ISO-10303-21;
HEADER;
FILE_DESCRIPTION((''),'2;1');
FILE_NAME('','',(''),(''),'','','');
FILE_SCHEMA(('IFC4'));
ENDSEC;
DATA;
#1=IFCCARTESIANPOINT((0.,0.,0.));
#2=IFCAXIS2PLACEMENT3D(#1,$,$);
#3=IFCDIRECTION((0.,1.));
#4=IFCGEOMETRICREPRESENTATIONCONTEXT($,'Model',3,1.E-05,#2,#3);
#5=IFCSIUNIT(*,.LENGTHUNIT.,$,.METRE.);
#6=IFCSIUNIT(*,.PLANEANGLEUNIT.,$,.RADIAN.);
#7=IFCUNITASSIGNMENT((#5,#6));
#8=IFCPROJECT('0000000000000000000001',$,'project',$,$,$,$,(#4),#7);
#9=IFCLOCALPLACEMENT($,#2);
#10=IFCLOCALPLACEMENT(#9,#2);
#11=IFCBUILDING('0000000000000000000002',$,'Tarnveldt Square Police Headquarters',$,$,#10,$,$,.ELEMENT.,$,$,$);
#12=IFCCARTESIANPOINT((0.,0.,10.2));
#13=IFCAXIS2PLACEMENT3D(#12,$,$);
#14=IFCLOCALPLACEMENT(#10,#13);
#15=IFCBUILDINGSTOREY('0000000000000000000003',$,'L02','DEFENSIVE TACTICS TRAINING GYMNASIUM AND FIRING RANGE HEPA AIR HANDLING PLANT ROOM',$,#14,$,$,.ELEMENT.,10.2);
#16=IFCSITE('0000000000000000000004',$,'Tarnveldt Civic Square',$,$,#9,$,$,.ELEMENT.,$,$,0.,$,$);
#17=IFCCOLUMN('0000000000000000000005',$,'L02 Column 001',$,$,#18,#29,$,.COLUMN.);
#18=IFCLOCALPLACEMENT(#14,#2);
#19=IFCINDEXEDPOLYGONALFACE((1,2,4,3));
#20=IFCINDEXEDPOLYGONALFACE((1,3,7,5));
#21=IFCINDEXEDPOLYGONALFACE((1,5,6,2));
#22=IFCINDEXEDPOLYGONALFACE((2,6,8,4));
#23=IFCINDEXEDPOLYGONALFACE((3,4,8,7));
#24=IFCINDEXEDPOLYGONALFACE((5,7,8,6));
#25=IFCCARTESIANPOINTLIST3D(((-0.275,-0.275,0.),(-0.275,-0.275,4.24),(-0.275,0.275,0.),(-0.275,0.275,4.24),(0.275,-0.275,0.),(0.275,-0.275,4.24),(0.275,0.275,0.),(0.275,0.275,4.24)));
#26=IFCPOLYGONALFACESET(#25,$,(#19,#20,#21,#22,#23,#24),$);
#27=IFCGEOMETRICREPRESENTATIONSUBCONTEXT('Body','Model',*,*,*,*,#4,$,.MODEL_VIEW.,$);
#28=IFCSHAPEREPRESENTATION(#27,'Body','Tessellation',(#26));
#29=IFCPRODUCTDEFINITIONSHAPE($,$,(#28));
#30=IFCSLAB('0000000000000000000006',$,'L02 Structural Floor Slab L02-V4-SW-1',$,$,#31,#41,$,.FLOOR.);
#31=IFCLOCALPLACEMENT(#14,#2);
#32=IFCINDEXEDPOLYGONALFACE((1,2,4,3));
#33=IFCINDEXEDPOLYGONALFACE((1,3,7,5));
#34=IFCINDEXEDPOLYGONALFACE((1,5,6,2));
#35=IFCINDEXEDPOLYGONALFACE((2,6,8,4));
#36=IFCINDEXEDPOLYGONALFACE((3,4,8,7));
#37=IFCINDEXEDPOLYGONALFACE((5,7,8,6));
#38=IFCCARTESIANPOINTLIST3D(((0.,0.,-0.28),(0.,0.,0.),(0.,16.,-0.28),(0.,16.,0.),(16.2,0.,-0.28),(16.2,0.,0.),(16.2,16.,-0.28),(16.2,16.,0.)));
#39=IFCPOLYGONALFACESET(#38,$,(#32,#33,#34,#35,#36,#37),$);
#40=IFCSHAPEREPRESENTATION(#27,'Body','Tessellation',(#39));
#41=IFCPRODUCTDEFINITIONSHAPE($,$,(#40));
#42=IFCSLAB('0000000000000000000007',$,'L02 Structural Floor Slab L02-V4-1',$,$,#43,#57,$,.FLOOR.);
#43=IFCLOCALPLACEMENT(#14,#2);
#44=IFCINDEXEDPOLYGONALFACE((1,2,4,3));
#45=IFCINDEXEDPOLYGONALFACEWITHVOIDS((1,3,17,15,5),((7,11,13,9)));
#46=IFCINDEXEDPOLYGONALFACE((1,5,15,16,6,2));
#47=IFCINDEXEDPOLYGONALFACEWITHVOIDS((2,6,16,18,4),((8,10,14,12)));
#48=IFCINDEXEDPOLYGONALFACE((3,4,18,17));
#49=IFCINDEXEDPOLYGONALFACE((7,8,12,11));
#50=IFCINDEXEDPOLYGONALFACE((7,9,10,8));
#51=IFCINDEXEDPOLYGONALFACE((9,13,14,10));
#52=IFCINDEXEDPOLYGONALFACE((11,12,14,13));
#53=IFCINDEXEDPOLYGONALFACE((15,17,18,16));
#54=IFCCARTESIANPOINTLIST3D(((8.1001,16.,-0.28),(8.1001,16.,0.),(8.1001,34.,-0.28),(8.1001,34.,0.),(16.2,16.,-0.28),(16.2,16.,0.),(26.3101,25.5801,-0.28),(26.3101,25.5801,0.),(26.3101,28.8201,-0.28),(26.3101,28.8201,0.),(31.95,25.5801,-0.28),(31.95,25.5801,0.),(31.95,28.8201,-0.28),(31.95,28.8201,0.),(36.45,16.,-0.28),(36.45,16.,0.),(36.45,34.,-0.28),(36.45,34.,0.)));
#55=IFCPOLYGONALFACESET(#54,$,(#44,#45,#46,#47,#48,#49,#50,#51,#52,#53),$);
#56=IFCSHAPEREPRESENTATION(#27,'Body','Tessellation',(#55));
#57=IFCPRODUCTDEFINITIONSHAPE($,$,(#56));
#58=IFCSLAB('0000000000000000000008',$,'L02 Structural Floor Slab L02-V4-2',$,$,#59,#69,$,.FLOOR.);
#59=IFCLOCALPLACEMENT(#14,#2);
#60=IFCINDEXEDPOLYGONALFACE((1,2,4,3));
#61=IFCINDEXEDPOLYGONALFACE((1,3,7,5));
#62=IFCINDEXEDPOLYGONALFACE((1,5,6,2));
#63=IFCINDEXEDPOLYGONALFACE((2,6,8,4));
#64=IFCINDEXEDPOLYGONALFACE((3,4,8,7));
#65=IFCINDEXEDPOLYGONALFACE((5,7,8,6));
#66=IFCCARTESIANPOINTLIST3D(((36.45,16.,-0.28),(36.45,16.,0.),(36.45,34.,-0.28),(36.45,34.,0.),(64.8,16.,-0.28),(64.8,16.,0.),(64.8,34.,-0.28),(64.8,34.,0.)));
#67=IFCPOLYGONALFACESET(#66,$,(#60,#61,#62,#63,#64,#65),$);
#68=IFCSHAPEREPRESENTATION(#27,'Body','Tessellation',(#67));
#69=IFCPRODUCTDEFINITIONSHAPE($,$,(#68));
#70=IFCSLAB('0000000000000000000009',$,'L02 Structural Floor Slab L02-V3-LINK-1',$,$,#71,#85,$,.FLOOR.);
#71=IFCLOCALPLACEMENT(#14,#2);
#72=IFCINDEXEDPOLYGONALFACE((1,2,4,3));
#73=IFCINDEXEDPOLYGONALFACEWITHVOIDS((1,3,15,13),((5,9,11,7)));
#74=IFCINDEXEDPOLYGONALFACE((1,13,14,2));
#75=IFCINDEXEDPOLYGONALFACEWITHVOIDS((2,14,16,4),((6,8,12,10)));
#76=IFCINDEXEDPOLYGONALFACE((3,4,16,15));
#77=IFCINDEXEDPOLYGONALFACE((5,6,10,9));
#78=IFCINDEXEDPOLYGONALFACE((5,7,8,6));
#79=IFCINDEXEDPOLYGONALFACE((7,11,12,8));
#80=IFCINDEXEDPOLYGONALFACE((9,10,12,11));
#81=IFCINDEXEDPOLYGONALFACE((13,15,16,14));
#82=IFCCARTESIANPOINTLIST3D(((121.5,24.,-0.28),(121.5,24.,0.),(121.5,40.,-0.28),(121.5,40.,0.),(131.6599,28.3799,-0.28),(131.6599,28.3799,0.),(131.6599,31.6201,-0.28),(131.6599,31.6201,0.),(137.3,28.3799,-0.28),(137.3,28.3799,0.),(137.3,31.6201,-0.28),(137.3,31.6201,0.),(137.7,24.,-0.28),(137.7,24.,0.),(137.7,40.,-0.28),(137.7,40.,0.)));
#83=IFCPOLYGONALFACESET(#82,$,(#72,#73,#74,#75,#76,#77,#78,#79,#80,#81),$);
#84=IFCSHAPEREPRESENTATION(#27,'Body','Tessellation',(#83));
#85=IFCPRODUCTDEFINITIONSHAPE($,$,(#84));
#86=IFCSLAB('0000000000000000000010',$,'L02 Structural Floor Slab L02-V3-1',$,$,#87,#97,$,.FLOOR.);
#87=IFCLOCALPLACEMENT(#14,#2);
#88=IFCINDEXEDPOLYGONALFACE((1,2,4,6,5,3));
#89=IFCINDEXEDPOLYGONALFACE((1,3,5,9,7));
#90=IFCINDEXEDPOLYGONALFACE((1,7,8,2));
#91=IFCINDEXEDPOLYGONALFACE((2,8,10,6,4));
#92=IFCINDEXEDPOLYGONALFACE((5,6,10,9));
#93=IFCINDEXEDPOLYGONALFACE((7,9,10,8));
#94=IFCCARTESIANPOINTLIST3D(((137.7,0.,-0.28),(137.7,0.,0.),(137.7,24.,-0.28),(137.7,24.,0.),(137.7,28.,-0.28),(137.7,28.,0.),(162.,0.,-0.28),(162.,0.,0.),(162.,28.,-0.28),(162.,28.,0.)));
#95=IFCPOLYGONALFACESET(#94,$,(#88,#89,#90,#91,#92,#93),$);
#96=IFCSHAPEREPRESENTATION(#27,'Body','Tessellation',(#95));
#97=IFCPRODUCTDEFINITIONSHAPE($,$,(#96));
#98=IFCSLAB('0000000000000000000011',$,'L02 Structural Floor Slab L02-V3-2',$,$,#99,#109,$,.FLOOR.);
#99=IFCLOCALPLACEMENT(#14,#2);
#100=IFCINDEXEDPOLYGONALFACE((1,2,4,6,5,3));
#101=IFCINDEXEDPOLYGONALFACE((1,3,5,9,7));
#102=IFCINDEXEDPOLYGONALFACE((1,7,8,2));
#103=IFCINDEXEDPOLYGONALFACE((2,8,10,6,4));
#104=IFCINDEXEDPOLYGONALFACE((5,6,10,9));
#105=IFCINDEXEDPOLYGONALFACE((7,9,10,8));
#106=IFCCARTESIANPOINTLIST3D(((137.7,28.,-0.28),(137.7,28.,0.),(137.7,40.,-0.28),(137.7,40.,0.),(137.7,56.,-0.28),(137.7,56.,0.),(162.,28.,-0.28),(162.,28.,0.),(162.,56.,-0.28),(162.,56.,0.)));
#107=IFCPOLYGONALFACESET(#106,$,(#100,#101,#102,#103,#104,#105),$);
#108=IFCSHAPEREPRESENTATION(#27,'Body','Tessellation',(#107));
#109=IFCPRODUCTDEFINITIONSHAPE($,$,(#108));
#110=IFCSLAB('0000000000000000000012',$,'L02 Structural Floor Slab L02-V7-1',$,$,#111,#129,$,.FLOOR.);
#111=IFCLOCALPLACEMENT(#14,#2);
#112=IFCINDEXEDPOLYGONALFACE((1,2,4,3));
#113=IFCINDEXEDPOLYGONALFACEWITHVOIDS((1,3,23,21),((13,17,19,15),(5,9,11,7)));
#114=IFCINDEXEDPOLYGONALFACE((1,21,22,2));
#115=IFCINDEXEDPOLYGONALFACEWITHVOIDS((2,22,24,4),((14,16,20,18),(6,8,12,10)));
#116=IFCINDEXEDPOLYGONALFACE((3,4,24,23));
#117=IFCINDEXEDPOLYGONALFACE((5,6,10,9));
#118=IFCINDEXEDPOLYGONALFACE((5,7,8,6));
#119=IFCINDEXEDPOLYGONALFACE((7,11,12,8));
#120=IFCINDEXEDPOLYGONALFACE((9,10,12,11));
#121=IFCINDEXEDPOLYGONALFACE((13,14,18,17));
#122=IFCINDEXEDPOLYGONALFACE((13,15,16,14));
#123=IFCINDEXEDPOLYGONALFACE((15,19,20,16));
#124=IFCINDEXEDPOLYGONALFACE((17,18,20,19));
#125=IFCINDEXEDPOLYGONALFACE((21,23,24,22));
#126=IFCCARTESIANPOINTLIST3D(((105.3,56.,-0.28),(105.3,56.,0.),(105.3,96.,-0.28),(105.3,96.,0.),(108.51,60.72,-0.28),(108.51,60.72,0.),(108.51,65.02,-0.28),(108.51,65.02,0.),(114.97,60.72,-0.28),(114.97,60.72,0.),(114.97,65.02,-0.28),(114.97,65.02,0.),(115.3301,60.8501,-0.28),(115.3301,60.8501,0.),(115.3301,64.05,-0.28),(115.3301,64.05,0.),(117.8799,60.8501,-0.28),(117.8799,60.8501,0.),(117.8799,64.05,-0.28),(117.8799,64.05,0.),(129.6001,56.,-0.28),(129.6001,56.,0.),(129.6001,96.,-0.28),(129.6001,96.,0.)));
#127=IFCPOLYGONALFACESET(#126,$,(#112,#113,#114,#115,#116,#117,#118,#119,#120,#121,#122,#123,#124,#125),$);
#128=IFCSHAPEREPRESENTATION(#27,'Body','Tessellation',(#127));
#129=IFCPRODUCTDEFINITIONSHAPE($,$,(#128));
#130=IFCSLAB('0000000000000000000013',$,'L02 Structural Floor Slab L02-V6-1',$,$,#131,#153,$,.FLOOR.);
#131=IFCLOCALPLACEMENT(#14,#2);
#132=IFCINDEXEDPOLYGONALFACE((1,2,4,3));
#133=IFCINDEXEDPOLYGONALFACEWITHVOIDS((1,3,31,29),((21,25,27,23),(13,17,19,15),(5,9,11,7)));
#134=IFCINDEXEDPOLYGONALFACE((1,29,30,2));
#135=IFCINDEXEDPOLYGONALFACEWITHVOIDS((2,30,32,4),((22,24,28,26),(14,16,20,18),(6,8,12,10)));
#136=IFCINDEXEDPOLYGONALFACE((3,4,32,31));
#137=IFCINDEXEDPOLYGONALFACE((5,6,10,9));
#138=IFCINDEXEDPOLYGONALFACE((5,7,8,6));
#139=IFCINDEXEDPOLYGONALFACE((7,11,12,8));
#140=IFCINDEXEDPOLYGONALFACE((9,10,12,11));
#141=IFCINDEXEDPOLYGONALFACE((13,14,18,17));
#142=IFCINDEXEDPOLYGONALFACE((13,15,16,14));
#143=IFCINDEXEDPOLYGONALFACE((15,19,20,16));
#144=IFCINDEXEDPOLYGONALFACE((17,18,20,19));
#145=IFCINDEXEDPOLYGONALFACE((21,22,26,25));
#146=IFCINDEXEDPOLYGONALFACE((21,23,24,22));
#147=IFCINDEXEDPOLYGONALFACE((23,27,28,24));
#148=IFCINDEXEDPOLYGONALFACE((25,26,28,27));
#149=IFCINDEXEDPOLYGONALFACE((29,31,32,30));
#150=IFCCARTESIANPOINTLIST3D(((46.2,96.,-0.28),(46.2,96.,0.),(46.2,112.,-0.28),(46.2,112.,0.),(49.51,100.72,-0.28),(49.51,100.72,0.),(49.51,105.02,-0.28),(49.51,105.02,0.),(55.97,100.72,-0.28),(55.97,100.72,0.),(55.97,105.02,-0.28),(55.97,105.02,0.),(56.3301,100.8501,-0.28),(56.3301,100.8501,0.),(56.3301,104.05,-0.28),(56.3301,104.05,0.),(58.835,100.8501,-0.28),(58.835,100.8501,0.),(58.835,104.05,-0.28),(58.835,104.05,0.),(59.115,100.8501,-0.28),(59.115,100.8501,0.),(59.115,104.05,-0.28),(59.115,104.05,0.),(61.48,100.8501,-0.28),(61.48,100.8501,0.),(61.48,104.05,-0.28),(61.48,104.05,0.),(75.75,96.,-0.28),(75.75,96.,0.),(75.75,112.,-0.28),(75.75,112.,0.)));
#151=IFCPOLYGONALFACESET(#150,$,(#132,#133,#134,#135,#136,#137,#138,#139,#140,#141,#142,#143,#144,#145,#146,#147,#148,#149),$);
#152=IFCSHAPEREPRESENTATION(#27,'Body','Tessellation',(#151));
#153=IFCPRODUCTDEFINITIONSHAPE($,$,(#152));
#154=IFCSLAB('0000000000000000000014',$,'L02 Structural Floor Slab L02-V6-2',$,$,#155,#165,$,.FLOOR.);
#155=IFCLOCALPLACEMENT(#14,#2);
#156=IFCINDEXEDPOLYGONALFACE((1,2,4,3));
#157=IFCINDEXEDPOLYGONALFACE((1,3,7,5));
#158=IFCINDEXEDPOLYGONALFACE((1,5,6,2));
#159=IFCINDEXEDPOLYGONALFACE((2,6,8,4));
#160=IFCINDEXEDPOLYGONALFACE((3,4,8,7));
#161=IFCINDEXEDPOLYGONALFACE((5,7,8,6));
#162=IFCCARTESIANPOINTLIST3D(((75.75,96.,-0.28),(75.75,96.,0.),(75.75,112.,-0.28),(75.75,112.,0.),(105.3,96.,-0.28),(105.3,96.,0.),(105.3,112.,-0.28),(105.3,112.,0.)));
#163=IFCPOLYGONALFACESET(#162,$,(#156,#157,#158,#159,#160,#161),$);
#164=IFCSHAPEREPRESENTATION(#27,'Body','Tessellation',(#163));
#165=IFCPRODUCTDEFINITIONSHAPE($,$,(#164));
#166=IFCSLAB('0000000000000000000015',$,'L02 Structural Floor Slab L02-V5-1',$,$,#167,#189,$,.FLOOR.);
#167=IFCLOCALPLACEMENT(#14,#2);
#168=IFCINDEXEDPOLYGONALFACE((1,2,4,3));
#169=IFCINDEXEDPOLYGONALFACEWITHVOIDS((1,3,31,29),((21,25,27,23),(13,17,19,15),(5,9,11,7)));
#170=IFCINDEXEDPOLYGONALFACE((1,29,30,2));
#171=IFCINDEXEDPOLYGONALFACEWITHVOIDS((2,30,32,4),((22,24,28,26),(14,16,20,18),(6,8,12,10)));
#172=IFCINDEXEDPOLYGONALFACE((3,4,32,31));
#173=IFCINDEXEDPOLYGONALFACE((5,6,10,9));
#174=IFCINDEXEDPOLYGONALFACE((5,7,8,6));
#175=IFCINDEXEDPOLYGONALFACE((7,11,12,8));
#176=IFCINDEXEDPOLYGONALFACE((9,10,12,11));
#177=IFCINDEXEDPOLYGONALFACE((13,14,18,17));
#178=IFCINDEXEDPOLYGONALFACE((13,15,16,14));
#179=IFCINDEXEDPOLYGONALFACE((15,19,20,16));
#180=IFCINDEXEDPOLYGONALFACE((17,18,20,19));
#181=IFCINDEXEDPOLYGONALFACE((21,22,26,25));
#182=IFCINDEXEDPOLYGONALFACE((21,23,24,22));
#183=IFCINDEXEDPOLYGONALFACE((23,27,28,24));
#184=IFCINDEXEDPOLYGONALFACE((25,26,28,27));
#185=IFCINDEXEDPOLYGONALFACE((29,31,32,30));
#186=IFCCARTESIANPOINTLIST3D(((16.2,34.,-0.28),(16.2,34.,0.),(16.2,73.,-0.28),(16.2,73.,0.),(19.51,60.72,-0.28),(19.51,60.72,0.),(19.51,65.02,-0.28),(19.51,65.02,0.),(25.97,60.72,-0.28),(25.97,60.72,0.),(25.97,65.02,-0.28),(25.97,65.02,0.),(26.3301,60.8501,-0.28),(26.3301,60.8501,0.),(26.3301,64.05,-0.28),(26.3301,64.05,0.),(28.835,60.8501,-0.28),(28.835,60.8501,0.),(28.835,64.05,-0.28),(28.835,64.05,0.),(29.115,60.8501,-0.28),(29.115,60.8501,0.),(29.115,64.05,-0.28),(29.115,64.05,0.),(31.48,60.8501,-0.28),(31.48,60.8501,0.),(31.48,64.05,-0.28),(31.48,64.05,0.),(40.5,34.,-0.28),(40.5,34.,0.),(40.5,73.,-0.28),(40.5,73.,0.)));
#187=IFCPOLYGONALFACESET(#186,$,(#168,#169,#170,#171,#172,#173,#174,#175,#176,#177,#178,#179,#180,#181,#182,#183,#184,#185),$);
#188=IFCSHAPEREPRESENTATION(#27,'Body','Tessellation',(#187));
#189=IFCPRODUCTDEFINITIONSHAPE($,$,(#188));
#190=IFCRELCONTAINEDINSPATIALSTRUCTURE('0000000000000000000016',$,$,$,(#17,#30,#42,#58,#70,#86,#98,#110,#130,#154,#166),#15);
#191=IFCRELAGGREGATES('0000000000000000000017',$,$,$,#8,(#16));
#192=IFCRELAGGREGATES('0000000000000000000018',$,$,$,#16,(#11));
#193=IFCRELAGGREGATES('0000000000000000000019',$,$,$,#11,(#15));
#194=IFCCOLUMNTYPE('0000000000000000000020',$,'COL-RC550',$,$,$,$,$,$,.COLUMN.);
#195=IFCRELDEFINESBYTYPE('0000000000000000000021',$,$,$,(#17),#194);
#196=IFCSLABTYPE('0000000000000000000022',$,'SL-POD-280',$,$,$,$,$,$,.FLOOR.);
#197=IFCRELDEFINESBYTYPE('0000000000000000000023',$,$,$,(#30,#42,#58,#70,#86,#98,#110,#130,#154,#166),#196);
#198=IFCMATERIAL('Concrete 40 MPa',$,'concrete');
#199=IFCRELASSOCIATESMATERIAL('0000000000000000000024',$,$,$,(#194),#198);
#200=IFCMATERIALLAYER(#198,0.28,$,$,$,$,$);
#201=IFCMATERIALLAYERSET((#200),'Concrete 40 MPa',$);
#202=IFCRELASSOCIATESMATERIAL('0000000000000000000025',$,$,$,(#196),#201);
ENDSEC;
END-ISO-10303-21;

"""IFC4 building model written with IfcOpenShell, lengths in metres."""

from ifc_helpers import new_model, si_unit, direction, frame, origin, origin_with_axes, origin_2d, place, context, subcontext, project, spatial, polyline, rectangle, outline, extrude, material, layer, layer_set, material_profile, profile_set, type_object, element, save


model = new_model("IFC4")

# Units and contexts
model_context = context("Model", 3, precision=1e-05, world=origin(), true_north=direction((0.0, 1.0)))
body_context = subcontext(model_context, "Body", "Model", "MODEL_VIEW")
ifc_project = project(units=[si_unit("LENGTHUNIT", "METRE"), si_unit("PLANEANGLEUNIT", "RADIAN")], contexts=[model_context])

# Site, building, storey
site_placement = place(None, origin())
site = spatial("IfcSite", under=ifc_project, at=site_placement, Name="Tarnveldt Civic Square", CompositionType="ELEMENT", RefElevation=0.0)
building_placement = place(site_placement, origin())
building = spatial("IfcBuilding", under=site, at=building_placement, Name="Tarnveldt Square Police Headquarters", CompositionType="ELEMENT")
storey_placement = place(building_placement, frame((0.0, 0.0, 10.2)))
storey = spatial("IfcBuildingStorey", under=building, at=storey_placement, Name="L02", Description="DEFENSIVE TACTICS TRAINING GYMNASIUM AND FIRING RANGE HEPA AIR HANDLING PLANT ROOM", CompositionType="ELEMENT", Elevation=10.2)

# Column
ifc_material_1 = material(Name="Concrete 40 MPa", Category="concrete")
ifc_material_profile = material_profile(ifc_material_1, rectangle(XDim=0.55, YDim=0.55, at=origin_2d()), Name="RC-C550x550")
ifc_profile_set = profile_set([ifc_material_profile], Name="Concrete 40 MPa")
column_type = type_object("IfcColumnType", Name="COL-RC550", PredefinedType="COLUMN", material=ifc_profile_set)
column_placement = place(storey_placement, origin_with_axes())
element("IfcColumn", 1, at=column_placement, inside=storey, type_object=column_type, Name="L02 Column 001", PredefinedType="COLUMN", context=body_context, shape_type="SweptSolid", body=[
    extrude(rectangle(XDim=0.55, YDim=0.55, at=origin_2d()), origin(), (0.0, 0.0, 1.0), 4.24),
])

# Slabs
ifc_layer_1 = layer(ifc_material_1, 0.28)
ifc_layer_set_1 = layer_set([ifc_layer_1], Name="Concrete 40 MPa")
slab_type_1 = type_object("IfcSlabType", Name="SL-POD-280", PredefinedType="FLOOR", material=ifc_layer_set_1)
slab_1_placement = place(storey_placement, frame((0.0, 0.0, -0.28)))
element("IfcSlab", 2, at=slab_1_placement, inside=storey, type_object=slab_type_1, Name="L02 Structural Floor Slab L02-V4-SW-1", PredefinedType="FLOOR", context=body_context, shape_type="SweptSolid", body=[
    extrude(outline(polyline([(16.2, 16.0), (16.2, 0.0), (0.0, 0.0), (0.0, 16.0), (16.2, 16.0)])), origin(), (0.0, 0.0, 1.0), 0.28),
])
slab_2_placement = place(storey_placement, frame((0.0, 0.0, -0.28)))
element("IfcSlab", 3, at=slab_2_placement, inside=storey, type_object=slab_type_1, Name="L02 Structural Floor Slab L02-V4-1", PredefinedType="FLOOR", context=body_context, shape_type="SweptSolid", body=[
    extrude(outline(polyline([(16.2, 16.0), (8.1001, 16.0), (8.1001, 34.0), (36.45, 34.0), (36.45, 16.0), (16.2, 16.0)]), holes=[polyline([(26.3101, 25.5801), (31.95, 25.5801), (31.95, 28.8201), (26.3101, 28.8201), (26.3101, 25.5801)])]), origin(), (0.0, 0.0, 1.0), 0.28),
])
slab_3_placement = place(storey_placement, frame((0.0, 0.0, -0.28)))
element("IfcSlab", 4, at=slab_3_placement, inside=storey, type_object=slab_type_1, Name="L02 Structural Floor Slab L02-V4-2", PredefinedType="FLOOR", context=body_context, shape_type="SweptSolid", body=[
    extrude(outline(polyline([(64.8, 16.0), (36.45, 16.0), (36.45, 34.0), (64.8, 34.0), (64.8, 16.0)])), origin(), (0.0, 0.0, 1.0), 0.28),
])
slab_4_placement = place(storey_placement, frame((0.0, 0.0, -0.28)))
element("IfcSlab", 5, at=slab_4_placement, inside=storey, type_object=slab_type_1, Name="L02 Structural Floor Slab L02-V3-LINK-1", PredefinedType="FLOOR", context=body_context, shape_type="SweptSolid", body=[
    extrude(outline(polyline([(137.7, 40.0), (137.7, 24.0), (121.5, 24.0), (121.5, 40.0), (137.7, 40.0)]), holes=[polyline([(131.6599, 28.3799), (137.3, 28.3799), (137.3, 31.6201), (131.6599, 31.6201), (131.6599, 28.3799)])]), origin(), (0.0, 0.0, 1.0), 0.28),
])
slab_5_placement = place(storey_placement, frame((0.0, 0.0, -0.28)))
element("IfcSlab", 6, at=slab_5_placement, inside=storey, type_object=slab_type_1, Name="L02 Structural Floor Slab L02-V3-1", PredefinedType="FLOOR", context=body_context, shape_type="SweptSolid", body=[
    extrude(outline(polyline([(162.0, 0.0), (137.7, 0.0), (137.7, 24.0), (137.7, 28.0), (162.0, 28.0), (162.0, 0.0)])), origin(), (0.0, 0.0, 1.0), 0.28),
])
slab_6_placement = place(storey_placement, frame((0.0, 0.0, -0.28)))
element("IfcSlab", 7, at=slab_6_placement, inside=storey, type_object=slab_type_1, Name="L02 Structural Floor Slab L02-V3-2", PredefinedType="FLOOR", context=body_context, shape_type="SweptSolid", body=[
    extrude(outline(polyline([(162.0, 28.0), (137.7, 28.0), (137.7, 40.0), (137.7, 56.0), (162.0, 56.0), (162.0, 28.0)])), origin(), (0.0, 0.0, 1.0), 0.28),
])
slab_7_placement = place(storey_placement, frame((0.0, 0.0, -0.28)))
element("IfcSlab", 8, at=slab_7_placement, inside=storey, type_object=slab_type_1, Name="L02 Structural Floor Slab L02-V7-1", PredefinedType="FLOOR", context=body_context, shape_type="SweptSolid", body=[
    extrude(outline(polyline([(129.6001, 96.0), (129.6001, 56.0), (105.3, 56.0), (105.3, 96.0), (129.6001, 96.0)]), holes=[polyline([(115.3301, 64.05), (115.3301, 60.8501), (117.8799, 60.8501), (117.8799, 64.05), (115.3301, 64.05)]), polyline([(108.51, 65.02), (108.51, 60.72), (114.97, 60.72), (114.97, 65.02), (108.51, 65.02)])]), origin(), (0.0, 0.0, 1.0), 0.28),
])
slab_8_placement = place(storey_placement, frame((0.0, 0.0, -0.28)))
element("IfcSlab", 9, at=slab_8_placement, inside=storey, type_object=slab_type_1, Name="L02 Structural Floor Slab L02-V6-1", PredefinedType="FLOOR", context=body_context, shape_type="SweptSolid", body=[
    extrude(outline(polyline([(75.75, 112.0), (75.75, 96.0), (46.2, 96.0), (46.2, 112.0), (75.75, 112.0)]), holes=[polyline([(56.3301, 104.05), (56.3301, 100.8501), (58.835, 100.8501), (58.835, 104.05), (56.3301, 104.05)]), polyline([(59.115, 104.05), (59.115, 100.8501), (61.48, 100.8501), (61.48, 104.05), (59.115, 104.05)]), polyline([(49.51, 105.02), (49.51, 100.72), (55.97, 100.72), (55.97, 105.02), (49.51, 105.02)])]), origin(), (0.0, 0.0, 1.0), 0.28),
])
slab_9_placement = place(storey_placement, frame((0.0, 0.0, -0.28)))
element("IfcSlab", 10, at=slab_9_placement, inside=storey, type_object=slab_type_1, Name="L02 Structural Floor Slab L02-V6-2", PredefinedType="FLOOR", context=body_context, shape_type="SweptSolid", body=[
    extrude(outline(polyline([(105.3, 112.0), (105.3, 96.0), (75.75, 96.0), (75.75, 112.0), (105.3, 112.0)])), origin(), (0.0, 0.0, 1.0), 0.28),
])
slab_10_placement = place(storey_placement, frame((0.0, 0.0, -0.28)))
element("IfcSlab", 11, at=slab_10_placement, inside=storey, type_object=slab_type_1, Name="L02 Structural Floor Slab L02-V5-1", PredefinedType="FLOOR", context=body_context, shape_type="SweptSolid", body=[
    extrude(outline(polyline([(40.5, 34.0), (16.2, 34.0), (16.2, 73.0), (40.5, 73.0), (40.5, 34.0)]), holes=[polyline([(26.3301, 64.05), (26.3301, 60.8501), (28.835, 60.8501), (28.835, 64.05), (26.3301, 64.05)]), polyline([(29.115, 64.05), (29.115, 60.8501), (31.48, 60.8501), (31.48, 64.05), (29.115, 64.05)]), polyline([(19.51, 65.02), (19.51, 60.72), (25.97, 60.72), (25.97, 65.02), (19.51, 65.02)])]), origin(), (0.0, 0.0, 1.0), 0.28),
])

save(model, "model.ifc")
